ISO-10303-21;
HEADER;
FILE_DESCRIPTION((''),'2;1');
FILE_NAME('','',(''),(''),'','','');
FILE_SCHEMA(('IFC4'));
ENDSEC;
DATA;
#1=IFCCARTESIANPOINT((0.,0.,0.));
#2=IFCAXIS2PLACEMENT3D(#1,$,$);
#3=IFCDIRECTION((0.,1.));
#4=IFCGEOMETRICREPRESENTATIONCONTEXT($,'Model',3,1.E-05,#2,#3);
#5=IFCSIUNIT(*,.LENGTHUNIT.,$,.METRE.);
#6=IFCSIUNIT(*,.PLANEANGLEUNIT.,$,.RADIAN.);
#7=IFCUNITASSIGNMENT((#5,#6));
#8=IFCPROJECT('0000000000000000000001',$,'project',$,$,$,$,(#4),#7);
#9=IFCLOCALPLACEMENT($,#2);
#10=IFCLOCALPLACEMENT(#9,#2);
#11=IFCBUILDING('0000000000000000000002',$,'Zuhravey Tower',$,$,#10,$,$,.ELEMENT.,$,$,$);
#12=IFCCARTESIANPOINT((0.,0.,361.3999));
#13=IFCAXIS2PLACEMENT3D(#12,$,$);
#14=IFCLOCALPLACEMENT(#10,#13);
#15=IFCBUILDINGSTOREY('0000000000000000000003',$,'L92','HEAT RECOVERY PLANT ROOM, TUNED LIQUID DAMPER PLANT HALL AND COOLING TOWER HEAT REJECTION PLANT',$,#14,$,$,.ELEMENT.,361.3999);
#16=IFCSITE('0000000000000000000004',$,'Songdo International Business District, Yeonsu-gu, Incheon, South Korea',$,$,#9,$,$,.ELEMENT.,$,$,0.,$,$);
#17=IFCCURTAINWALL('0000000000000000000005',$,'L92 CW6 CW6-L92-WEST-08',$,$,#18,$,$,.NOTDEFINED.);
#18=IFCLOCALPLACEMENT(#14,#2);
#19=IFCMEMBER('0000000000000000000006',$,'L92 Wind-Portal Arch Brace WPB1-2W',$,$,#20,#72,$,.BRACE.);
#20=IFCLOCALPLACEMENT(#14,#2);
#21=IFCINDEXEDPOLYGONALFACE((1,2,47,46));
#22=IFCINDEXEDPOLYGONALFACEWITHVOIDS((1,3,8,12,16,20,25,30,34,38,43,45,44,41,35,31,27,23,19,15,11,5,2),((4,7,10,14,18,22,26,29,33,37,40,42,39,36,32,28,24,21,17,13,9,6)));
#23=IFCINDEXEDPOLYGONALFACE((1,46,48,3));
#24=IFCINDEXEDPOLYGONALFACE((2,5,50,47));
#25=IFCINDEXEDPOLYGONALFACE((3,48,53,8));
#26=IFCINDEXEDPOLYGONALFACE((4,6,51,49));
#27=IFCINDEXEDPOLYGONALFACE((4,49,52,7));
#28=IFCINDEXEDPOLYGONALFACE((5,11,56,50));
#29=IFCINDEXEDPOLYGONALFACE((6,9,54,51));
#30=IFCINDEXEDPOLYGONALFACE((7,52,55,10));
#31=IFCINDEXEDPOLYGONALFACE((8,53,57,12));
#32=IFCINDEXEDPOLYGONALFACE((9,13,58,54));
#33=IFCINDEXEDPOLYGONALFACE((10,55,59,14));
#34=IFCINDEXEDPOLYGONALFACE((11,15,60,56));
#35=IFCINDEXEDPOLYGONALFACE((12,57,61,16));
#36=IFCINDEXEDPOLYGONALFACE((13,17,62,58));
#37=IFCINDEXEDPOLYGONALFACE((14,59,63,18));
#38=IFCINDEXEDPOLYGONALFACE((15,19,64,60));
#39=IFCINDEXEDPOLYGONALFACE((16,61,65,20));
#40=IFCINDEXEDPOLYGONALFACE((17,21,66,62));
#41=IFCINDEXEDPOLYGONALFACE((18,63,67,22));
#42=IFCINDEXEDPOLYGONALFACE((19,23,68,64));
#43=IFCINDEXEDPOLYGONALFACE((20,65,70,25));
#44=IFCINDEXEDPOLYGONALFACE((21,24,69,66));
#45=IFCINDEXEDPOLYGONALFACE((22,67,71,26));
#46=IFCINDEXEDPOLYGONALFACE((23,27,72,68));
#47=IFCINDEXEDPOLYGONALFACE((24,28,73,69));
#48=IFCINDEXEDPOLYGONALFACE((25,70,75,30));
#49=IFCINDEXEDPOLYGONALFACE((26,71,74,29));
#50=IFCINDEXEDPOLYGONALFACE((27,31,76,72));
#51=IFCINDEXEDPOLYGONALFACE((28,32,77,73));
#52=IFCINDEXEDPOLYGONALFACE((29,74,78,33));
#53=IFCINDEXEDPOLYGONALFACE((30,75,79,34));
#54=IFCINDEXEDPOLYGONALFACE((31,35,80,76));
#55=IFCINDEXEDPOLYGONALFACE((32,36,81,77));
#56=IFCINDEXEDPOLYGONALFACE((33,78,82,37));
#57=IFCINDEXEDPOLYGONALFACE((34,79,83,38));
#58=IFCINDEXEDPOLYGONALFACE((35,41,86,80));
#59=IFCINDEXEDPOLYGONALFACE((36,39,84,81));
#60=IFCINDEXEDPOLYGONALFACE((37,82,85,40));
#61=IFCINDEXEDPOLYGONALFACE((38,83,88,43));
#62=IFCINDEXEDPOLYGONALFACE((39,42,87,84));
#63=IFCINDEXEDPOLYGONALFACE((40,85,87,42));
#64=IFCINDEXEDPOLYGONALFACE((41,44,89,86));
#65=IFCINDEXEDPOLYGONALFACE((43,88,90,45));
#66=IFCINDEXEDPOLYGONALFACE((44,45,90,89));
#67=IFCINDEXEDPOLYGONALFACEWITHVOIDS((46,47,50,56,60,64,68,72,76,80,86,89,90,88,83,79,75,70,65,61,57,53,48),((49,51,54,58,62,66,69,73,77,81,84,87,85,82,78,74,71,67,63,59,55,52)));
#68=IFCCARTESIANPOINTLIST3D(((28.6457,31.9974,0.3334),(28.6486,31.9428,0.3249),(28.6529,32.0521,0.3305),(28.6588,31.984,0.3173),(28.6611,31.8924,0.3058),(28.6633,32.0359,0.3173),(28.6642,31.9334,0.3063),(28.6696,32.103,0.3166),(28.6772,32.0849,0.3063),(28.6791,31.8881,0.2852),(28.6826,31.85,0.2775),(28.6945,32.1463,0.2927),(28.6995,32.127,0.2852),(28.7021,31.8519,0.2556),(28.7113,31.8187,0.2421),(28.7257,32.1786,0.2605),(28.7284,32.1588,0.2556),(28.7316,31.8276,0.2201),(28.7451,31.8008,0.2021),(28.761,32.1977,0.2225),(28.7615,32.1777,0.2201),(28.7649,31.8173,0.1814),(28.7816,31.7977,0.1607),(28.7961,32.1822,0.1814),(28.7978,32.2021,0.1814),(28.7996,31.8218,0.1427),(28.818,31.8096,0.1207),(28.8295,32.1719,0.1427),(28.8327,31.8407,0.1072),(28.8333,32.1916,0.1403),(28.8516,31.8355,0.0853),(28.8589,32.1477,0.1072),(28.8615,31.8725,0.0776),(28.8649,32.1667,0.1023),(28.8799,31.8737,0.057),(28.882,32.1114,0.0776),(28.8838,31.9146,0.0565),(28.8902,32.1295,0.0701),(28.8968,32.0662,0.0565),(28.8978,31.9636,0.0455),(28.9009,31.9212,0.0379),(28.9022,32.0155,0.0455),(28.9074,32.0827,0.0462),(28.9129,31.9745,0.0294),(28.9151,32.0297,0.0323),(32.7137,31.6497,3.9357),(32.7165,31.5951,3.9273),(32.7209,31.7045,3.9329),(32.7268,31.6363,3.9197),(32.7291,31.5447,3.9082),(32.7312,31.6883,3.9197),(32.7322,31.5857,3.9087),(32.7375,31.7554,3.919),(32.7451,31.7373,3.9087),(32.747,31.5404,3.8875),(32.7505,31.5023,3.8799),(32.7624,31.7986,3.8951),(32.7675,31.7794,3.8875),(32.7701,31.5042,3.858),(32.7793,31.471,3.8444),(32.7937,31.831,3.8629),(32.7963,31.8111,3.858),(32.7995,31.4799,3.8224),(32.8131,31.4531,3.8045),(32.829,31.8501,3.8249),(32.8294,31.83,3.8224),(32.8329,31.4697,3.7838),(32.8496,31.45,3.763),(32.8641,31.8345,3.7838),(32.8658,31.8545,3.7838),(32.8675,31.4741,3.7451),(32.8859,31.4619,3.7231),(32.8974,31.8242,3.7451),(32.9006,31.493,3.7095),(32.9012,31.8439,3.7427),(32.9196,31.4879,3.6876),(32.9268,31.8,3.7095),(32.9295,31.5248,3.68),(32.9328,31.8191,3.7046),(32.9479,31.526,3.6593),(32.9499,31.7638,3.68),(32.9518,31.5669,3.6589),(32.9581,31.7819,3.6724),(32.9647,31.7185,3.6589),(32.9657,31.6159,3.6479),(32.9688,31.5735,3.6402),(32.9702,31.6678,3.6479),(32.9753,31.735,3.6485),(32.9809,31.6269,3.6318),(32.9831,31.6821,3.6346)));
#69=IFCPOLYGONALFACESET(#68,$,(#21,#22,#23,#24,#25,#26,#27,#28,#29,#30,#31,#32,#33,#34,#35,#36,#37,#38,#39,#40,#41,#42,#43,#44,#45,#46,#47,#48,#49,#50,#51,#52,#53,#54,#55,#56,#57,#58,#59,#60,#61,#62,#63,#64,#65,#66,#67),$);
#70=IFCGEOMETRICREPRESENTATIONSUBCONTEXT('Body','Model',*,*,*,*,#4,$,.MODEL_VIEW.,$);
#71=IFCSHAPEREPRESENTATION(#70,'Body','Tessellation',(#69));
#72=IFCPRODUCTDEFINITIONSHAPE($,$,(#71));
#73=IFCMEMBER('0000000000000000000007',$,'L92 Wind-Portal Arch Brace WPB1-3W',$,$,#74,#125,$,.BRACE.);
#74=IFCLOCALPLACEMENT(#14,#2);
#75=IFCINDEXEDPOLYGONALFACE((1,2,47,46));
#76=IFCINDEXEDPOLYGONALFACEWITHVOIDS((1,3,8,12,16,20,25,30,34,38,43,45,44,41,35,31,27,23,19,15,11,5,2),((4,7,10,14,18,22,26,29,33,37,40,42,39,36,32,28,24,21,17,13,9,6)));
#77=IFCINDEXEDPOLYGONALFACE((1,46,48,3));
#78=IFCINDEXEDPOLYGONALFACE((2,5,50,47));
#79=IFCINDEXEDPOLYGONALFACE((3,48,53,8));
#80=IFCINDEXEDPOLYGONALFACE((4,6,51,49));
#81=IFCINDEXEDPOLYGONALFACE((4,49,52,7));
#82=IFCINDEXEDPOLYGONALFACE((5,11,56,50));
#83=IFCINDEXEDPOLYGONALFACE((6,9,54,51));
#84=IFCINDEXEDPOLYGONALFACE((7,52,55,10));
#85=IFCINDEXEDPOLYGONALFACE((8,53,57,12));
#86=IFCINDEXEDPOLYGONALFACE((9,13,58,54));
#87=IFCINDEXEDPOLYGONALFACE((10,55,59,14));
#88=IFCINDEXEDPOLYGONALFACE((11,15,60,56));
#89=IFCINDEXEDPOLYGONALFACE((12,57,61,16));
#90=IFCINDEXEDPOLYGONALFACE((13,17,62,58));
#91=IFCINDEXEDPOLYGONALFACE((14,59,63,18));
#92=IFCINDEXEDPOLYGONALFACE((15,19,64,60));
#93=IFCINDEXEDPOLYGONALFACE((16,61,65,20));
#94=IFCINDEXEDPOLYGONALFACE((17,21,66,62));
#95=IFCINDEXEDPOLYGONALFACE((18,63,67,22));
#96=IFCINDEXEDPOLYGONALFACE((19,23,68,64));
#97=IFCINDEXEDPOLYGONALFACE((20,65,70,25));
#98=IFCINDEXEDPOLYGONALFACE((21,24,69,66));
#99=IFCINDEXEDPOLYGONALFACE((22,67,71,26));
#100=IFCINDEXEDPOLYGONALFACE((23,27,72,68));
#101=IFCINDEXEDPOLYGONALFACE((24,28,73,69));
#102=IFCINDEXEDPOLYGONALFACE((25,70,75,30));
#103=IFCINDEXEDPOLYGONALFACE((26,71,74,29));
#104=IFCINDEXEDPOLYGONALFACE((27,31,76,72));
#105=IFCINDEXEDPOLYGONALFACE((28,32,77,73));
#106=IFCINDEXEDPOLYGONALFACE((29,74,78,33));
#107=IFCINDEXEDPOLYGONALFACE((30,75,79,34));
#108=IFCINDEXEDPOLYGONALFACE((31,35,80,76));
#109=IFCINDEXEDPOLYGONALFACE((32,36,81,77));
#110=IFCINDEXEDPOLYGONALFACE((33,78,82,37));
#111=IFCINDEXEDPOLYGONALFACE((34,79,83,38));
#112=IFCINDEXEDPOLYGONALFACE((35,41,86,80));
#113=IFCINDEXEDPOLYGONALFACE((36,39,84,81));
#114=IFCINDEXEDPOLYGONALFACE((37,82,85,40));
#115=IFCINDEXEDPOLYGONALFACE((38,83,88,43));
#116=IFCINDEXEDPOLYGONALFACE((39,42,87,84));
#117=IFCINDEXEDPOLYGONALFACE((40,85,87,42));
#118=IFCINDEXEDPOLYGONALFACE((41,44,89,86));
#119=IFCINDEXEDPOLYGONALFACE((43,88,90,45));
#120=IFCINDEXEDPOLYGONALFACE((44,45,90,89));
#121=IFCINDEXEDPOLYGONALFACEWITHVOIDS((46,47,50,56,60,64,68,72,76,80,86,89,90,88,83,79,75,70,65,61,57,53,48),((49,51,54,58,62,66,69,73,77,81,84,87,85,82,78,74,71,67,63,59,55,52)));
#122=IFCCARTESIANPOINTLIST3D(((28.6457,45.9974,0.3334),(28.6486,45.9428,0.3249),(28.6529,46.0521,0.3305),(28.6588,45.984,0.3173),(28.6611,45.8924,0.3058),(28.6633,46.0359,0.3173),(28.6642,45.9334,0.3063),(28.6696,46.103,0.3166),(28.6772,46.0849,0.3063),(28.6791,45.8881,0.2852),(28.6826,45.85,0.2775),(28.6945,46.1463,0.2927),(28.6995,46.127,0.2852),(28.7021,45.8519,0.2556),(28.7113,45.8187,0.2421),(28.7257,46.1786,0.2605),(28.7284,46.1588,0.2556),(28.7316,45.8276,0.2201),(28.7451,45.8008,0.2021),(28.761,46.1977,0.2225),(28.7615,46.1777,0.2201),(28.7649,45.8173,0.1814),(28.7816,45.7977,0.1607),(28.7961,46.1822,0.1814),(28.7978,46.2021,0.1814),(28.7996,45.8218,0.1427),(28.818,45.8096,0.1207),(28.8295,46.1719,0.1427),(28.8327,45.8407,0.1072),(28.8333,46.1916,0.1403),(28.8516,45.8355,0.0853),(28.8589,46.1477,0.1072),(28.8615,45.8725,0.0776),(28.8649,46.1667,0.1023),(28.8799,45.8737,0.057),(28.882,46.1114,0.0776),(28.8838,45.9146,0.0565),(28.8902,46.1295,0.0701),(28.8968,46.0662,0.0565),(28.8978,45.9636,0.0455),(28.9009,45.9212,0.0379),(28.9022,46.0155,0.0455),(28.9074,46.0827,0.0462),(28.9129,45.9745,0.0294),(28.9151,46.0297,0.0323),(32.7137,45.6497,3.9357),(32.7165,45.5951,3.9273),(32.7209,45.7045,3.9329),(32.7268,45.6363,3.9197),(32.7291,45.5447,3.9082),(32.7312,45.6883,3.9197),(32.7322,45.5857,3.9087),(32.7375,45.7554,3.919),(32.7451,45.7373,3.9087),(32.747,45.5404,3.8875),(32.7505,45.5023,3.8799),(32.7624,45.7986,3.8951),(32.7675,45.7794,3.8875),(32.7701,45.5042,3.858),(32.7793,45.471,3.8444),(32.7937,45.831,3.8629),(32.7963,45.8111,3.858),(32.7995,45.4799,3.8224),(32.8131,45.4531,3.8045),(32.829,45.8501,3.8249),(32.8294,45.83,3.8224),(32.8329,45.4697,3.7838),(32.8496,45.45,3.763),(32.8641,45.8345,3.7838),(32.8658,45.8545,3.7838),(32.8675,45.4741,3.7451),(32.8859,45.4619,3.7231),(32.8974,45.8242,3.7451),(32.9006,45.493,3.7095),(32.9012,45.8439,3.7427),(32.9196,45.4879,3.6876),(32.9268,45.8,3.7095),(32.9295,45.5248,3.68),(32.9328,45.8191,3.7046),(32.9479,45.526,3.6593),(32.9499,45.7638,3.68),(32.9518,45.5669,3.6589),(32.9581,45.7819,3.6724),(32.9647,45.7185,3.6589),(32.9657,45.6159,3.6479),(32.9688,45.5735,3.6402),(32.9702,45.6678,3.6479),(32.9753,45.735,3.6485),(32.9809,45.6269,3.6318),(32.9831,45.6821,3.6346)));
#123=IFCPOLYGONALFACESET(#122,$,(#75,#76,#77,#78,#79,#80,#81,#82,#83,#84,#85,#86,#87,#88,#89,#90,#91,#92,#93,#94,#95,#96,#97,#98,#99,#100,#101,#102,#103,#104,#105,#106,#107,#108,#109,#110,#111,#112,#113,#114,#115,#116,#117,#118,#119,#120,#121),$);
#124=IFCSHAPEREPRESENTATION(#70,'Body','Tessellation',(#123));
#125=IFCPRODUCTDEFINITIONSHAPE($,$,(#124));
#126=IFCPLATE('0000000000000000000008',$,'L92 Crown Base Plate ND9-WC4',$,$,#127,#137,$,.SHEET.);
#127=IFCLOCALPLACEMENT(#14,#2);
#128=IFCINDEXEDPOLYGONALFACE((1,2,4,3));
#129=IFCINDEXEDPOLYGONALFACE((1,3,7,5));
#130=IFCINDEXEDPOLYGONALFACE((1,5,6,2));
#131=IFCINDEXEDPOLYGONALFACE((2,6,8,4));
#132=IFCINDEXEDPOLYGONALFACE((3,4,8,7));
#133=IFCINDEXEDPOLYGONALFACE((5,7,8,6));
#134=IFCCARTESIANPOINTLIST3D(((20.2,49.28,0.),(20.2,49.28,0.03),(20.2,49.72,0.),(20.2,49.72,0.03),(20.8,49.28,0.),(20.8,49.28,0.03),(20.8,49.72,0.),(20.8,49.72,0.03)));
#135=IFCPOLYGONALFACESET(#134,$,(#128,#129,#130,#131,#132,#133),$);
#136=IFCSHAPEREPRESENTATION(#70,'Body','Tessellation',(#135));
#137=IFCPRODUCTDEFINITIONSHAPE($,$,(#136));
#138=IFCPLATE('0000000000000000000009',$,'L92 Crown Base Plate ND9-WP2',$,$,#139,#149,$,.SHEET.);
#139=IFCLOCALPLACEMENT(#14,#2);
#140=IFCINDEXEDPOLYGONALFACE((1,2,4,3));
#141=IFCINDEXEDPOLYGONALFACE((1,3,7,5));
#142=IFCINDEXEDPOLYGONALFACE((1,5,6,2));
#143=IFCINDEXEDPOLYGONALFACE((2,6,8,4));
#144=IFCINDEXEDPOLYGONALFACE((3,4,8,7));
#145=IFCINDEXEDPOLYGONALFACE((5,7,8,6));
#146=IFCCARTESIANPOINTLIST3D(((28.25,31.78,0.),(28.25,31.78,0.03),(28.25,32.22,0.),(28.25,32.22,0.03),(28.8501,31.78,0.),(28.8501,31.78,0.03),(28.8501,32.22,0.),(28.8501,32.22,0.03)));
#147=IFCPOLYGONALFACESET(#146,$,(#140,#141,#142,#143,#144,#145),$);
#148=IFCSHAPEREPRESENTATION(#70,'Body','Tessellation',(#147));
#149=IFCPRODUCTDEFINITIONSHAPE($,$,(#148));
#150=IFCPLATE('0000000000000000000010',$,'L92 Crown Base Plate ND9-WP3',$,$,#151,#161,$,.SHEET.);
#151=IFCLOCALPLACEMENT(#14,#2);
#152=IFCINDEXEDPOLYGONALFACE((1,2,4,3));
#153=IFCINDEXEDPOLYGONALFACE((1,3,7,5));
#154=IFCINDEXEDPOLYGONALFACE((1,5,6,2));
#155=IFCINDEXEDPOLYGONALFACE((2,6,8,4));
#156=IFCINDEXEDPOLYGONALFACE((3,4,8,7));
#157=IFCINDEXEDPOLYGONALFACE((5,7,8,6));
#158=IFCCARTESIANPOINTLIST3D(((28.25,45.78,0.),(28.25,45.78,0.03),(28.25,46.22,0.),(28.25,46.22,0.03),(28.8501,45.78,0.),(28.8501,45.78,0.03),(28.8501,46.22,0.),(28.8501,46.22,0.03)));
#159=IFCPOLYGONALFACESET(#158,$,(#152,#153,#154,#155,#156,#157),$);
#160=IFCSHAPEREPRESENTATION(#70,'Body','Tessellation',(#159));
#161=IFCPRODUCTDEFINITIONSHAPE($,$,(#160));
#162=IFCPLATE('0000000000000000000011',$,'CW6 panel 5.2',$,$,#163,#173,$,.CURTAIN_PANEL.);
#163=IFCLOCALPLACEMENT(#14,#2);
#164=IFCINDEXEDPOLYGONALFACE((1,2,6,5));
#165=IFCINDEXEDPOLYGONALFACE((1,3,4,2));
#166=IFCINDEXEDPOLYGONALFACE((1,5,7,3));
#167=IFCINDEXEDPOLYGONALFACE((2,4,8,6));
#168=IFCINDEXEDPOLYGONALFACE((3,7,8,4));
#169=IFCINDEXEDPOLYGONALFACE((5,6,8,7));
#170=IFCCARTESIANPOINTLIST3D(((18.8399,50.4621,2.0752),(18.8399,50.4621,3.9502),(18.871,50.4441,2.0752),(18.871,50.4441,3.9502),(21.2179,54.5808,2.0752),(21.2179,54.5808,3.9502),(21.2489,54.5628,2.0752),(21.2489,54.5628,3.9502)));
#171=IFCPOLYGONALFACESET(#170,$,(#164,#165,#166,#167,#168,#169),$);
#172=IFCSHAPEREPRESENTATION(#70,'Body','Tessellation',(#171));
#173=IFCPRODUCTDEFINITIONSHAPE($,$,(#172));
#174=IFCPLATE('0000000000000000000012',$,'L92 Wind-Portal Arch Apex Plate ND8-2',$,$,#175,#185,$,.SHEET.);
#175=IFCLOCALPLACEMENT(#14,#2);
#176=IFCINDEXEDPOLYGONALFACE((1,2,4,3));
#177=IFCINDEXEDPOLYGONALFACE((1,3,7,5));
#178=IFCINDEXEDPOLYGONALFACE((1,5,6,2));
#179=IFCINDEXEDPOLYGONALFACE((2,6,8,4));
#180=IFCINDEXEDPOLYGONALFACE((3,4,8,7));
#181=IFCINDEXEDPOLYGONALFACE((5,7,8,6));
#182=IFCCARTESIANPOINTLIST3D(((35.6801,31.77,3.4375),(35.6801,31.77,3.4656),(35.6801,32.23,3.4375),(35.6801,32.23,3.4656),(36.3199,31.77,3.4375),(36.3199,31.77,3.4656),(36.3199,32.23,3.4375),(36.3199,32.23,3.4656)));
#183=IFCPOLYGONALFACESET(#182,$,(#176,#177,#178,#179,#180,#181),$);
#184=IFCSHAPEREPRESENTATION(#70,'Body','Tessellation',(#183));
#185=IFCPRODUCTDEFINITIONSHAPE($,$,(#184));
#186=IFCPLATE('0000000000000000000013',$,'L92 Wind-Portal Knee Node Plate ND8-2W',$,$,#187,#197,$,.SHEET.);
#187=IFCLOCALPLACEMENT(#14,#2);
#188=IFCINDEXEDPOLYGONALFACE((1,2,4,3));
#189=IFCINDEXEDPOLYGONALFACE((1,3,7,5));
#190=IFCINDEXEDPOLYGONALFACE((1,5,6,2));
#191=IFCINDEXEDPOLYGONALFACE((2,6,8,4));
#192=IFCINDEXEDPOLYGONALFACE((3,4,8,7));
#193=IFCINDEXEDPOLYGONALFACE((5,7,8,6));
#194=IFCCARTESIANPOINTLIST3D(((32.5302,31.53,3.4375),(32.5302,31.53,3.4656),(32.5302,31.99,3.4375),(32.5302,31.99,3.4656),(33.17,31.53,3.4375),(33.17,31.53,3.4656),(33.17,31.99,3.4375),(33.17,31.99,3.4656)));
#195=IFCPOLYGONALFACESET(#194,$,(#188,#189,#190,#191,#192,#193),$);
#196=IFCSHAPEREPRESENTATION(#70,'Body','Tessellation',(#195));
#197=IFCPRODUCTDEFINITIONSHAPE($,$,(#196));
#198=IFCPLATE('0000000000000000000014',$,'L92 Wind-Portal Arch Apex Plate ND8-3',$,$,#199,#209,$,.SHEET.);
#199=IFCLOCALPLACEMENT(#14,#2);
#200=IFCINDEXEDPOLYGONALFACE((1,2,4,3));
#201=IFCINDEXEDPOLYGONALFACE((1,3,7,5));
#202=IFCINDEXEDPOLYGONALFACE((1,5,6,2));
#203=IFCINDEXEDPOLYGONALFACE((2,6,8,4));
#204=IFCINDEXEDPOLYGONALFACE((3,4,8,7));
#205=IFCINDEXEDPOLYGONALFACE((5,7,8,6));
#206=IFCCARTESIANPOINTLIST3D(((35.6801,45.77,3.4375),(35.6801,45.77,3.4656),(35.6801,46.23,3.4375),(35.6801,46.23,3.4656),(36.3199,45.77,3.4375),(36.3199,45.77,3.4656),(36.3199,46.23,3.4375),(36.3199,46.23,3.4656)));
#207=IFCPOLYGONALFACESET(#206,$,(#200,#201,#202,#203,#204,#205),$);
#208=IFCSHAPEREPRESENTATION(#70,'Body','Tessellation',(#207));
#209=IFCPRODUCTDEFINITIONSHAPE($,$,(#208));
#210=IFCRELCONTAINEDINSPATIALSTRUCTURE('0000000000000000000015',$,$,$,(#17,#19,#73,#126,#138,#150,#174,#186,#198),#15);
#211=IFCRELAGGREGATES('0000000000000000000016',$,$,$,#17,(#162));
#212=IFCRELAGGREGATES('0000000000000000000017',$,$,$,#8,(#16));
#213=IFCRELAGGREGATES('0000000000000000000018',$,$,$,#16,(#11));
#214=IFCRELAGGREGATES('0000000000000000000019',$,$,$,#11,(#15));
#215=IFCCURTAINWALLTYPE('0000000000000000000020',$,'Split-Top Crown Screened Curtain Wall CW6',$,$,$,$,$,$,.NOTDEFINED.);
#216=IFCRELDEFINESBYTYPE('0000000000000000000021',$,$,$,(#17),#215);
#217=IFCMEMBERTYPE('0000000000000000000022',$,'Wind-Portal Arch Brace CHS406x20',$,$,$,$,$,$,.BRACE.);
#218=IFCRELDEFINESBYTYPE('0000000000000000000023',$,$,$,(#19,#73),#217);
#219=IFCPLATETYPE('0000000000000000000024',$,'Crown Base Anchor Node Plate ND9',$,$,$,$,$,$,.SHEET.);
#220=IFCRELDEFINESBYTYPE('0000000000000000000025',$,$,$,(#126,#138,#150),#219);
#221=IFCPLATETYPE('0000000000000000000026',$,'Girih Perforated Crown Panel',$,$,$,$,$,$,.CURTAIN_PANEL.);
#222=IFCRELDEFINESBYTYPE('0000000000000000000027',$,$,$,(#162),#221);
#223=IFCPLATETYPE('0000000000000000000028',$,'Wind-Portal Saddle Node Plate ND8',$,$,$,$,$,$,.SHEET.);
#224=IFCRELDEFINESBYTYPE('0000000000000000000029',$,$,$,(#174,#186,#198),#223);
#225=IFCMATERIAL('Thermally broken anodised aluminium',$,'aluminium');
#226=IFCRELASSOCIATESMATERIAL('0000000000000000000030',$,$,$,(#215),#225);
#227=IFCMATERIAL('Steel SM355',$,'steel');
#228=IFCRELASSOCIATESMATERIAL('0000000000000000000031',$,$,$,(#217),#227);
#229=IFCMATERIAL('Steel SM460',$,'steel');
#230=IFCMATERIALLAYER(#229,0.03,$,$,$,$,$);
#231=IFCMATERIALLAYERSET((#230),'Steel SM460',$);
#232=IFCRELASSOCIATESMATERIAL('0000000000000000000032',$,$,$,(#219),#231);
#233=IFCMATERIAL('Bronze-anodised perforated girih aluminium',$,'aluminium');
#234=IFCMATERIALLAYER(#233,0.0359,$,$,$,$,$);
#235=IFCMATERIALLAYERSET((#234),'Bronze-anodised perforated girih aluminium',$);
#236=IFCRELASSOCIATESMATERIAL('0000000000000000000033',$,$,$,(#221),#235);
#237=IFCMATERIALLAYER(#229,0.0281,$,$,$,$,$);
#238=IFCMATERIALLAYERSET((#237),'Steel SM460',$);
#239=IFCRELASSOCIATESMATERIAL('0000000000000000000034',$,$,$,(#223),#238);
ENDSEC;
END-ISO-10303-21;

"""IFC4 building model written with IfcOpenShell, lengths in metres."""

from ifc_helpers import new_model, si_unit, direction, frame, origin, origin_2d, place, context, subcontext, project, spatial, rectangle, hollow_circle, extrude, material, layer, layer_set, material_profile, profile_set, type_object, element, aggregate, save


model = new_model("IFC4")

# Units and contexts
model_context = context("Model", 3, precision=1e-05, world=origin(), true_north=direction((0.0, 1.0)))
body_context = subcontext(model_context, "Body", "Model", "MODEL_VIEW")
ifc_project = project(units=[si_unit("LENGTHUNIT", "METRE"), si_unit("PLANEANGLEUNIT", "RADIAN")], contexts=[model_context])

# Site, building, storey
site_placement = place(None, origin())
site = spatial("IfcSite", under=ifc_project, at=site_placement, Name="Songdo International Business District, Yeonsu-gu, Incheon, South Korea", CompositionType="ELEMENT", RefElevation=0.0)
building_placement = place(site_placement, origin())
building = spatial("IfcBuilding", under=site, at=building_placement, Name="Zuhravey Tower", CompositionType="ELEMENT")
storey_placement = place(building_placement, frame((0.0, 0.0, 361.3999)))
storey = spatial("IfcBuildingStorey", under=building, at=storey_placement, Name="L92", Description="HEAT RECOVERY PLANT ROOM, TUNED LIQUID DAMPER PLANT HALL AND COOLING TOWER HEAT REJECTION PLANT", CompositionType="ELEMENT", Elevation=361.3999)

# Shared definitions
ifc_material_1 = material(Name="Steel SM355", Category="steel")

# Curtain wall
ifc_material_2 = material(Name="Thermally broken anodised aluminium", Category="aluminium")
curtain_wall_type = type_object("IfcCurtainWallType", Name="Split-Top Crown Screened Curtain Wall CW6", PredefinedType="NOTDEFINED", material=ifc_material_2)
curtain_wall_placement = place(storey_placement, origin())
curtain_wall = element("IfcCurtainWall", 1, at=curtain_wall_placement, inside=storey, type_object=curtain_wall_type, Name="L92 CW6 CW6-L92-WEST-08", PredefinedType="NOTDEFINED")

# Members
ifc_material_profile_1 = material_profile(ifc_material_1, hollow_circle(Radius=0.2031, WallThickness=0.02, at=origin_2d()), Name="CHS-406.4x20")
ifc_profile_set_1 = profile_set([ifc_material_profile_1], Name="Steel SM355")
member_type_1 = type_object("IfcMemberType", Name="Wind-Portal Arch Brace CHS406x20", PredefinedType="BRACE", material=ifc_profile_set_1)
for number, where, z_axis, x_axis, name in (
    (2, (28.7805, 31.9998, 0.1814), (0.747122, -0.063852, 0.661613), (0.085154, 0.996368, 0.0), "L92 Wind-Portal Arch Brace WPB1-2W"),
    (3, (28.7805, 45.9998, 0.1814), (0.747122, -0.063852, 0.661613), (0.085154, 0.996368, 0.0), "L92 Wind-Portal Arch Brace WPB1-3W"),
):
    element("IfcMember", number, at=place(storey_placement, frame(where, z_axis=z_axis, x_axis=x_axis)), inside=storey, type_object=member_type_1, Name=name, PredefinedType="BRACE", context=body_context, shape_type="SweptSolid", body=[
        extrude(hollow_circle(Radius=0.2031, WallThickness=0.02, at=origin_2d()), origin(), (0.0, 0.0, 1.0), 5.4448),
    ])

# Plates
ifc_material_3 = material(Name="Steel SM460", Category="steel")
ifc_layer_1 = layer(ifc_material_3, 0.03)
ifc_layer_set_1 = layer_set([ifc_layer_1], Name="Steel SM460")
plate_type_1 = type_object("IfcPlateType", Name="Crown Base Anchor Node Plate ND9", PredefinedType="SHEET", material=ifc_layer_set_1)
for number, where, z_axis, x_axis, name in (
    (4, (20.5, 49.5, 0.0), (0.0, 0.0, 1.0), (1.0, 0.0, 0.0), "L92 Crown Base Plate ND9-WC4"),
    (5, (28.55, 32.0, 0.0), (0.0, 0.0, 1.0), (1.0, 0.0, 0.0), "L92 Crown Base Plate ND9-WP2"),
    (6, (28.55, 46.0, 0.0), (0.0, 0.0, 1.0), (1.0, 0.0, 0.0), "L92 Crown Base Plate ND9-WP3"),
):
    element("IfcPlate", number, at=place(storey_placement, frame(where, z_axis=z_axis, x_axis=x_axis)), inside=storey, type_object=plate_type_1, Name=name, PredefinedType="SHEET", context=body_context, shape_type="SweptSolid", body=[
        extrude(rectangle(XDim=0.6001, YDim=0.4399, at=origin_2d()), origin(), (0.0, 0.0, 1.0), 0.03),
    ])

# Plate
ifc_material_4 = material(Name="Bronze-anodised perforated girih aluminium", Category="aluminium")
ifc_layer_2 = layer(ifc_material_4, 0.0359)
ifc_layer_set_2 = layer_set([ifc_layer_2], Name="Bronze-anodised perforated girih aluminium")
plate_type_2 = type_object("IfcPlateType", Name="Girih Perforated Crown Panel", PredefinedType="CURTAIN_PANEL", material=ifc_layer_set_2)
plate_placement = place(storey_placement, frame((20.0444, 52.5125, 2.0752), z_axis=(0.0, 0.0, 1.0), x_axis=(0.499997, 0.866027, 0.0)))
plate = element("IfcPlate", 7, at=plate_placement, type_object=plate_type_2, Name="CW6 panel 5.2", PredefinedType="CURTAIN_PANEL", context=body_context, shape_type="SweptSolid", body=[
    extrude(rectangle(XDim=4.7559, YDim=0.0359, at=origin_2d()), origin(), (0.0, 0.0, 1.0), 1.875),
])
aggregate(curtain_wall, [plate])

# Plates
ifc_layer_3 = layer(ifc_material_3, 0.0281)
ifc_layer_set_3 = layer_set([ifc_layer_3], Name="Steel SM460")
plate_type_3 = type_object("IfcPlateType", Name="Wind-Portal Saddle Node Plate ND8", PredefinedType="SHEET", material=ifc_layer_set_3)
for number, where, z_axis, x_axis, name in (
    (8, (36.0, 32.0, 3.4375), (0.0, 0.0, 1.0), (1.0, 0.0, 0.0), "L92 Wind-Portal Arch Apex Plate ND8-2"),
    (9, (32.8501, 31.76, 3.4375), (0.0, 0.0, 1.0), (1.0, 0.0, 0.0), "L92 Wind-Portal Knee Node Plate ND8-2W"),
    (10, (36.0, 46.0, 3.4375), (0.0, 0.0, 1.0), (1.0, 0.0, 0.0), "L92 Wind-Portal Arch Apex Plate ND8-3"),
):
    element("IfcPlate", number, at=place(storey_placement, frame(where, z_axis=z_axis, x_axis=x_axis)), inside=storey, type_object=plate_type_3, Name=name, PredefinedType="SHEET", context=body_context, shape_type="SweptSolid", body=[
        extrude(rectangle(XDim=0.6399, YDim=0.46, at=origin_2d()), origin(), (0.0, 0.0, 1.0), 0.0281),
    ])

save(model, "model.ifc")
